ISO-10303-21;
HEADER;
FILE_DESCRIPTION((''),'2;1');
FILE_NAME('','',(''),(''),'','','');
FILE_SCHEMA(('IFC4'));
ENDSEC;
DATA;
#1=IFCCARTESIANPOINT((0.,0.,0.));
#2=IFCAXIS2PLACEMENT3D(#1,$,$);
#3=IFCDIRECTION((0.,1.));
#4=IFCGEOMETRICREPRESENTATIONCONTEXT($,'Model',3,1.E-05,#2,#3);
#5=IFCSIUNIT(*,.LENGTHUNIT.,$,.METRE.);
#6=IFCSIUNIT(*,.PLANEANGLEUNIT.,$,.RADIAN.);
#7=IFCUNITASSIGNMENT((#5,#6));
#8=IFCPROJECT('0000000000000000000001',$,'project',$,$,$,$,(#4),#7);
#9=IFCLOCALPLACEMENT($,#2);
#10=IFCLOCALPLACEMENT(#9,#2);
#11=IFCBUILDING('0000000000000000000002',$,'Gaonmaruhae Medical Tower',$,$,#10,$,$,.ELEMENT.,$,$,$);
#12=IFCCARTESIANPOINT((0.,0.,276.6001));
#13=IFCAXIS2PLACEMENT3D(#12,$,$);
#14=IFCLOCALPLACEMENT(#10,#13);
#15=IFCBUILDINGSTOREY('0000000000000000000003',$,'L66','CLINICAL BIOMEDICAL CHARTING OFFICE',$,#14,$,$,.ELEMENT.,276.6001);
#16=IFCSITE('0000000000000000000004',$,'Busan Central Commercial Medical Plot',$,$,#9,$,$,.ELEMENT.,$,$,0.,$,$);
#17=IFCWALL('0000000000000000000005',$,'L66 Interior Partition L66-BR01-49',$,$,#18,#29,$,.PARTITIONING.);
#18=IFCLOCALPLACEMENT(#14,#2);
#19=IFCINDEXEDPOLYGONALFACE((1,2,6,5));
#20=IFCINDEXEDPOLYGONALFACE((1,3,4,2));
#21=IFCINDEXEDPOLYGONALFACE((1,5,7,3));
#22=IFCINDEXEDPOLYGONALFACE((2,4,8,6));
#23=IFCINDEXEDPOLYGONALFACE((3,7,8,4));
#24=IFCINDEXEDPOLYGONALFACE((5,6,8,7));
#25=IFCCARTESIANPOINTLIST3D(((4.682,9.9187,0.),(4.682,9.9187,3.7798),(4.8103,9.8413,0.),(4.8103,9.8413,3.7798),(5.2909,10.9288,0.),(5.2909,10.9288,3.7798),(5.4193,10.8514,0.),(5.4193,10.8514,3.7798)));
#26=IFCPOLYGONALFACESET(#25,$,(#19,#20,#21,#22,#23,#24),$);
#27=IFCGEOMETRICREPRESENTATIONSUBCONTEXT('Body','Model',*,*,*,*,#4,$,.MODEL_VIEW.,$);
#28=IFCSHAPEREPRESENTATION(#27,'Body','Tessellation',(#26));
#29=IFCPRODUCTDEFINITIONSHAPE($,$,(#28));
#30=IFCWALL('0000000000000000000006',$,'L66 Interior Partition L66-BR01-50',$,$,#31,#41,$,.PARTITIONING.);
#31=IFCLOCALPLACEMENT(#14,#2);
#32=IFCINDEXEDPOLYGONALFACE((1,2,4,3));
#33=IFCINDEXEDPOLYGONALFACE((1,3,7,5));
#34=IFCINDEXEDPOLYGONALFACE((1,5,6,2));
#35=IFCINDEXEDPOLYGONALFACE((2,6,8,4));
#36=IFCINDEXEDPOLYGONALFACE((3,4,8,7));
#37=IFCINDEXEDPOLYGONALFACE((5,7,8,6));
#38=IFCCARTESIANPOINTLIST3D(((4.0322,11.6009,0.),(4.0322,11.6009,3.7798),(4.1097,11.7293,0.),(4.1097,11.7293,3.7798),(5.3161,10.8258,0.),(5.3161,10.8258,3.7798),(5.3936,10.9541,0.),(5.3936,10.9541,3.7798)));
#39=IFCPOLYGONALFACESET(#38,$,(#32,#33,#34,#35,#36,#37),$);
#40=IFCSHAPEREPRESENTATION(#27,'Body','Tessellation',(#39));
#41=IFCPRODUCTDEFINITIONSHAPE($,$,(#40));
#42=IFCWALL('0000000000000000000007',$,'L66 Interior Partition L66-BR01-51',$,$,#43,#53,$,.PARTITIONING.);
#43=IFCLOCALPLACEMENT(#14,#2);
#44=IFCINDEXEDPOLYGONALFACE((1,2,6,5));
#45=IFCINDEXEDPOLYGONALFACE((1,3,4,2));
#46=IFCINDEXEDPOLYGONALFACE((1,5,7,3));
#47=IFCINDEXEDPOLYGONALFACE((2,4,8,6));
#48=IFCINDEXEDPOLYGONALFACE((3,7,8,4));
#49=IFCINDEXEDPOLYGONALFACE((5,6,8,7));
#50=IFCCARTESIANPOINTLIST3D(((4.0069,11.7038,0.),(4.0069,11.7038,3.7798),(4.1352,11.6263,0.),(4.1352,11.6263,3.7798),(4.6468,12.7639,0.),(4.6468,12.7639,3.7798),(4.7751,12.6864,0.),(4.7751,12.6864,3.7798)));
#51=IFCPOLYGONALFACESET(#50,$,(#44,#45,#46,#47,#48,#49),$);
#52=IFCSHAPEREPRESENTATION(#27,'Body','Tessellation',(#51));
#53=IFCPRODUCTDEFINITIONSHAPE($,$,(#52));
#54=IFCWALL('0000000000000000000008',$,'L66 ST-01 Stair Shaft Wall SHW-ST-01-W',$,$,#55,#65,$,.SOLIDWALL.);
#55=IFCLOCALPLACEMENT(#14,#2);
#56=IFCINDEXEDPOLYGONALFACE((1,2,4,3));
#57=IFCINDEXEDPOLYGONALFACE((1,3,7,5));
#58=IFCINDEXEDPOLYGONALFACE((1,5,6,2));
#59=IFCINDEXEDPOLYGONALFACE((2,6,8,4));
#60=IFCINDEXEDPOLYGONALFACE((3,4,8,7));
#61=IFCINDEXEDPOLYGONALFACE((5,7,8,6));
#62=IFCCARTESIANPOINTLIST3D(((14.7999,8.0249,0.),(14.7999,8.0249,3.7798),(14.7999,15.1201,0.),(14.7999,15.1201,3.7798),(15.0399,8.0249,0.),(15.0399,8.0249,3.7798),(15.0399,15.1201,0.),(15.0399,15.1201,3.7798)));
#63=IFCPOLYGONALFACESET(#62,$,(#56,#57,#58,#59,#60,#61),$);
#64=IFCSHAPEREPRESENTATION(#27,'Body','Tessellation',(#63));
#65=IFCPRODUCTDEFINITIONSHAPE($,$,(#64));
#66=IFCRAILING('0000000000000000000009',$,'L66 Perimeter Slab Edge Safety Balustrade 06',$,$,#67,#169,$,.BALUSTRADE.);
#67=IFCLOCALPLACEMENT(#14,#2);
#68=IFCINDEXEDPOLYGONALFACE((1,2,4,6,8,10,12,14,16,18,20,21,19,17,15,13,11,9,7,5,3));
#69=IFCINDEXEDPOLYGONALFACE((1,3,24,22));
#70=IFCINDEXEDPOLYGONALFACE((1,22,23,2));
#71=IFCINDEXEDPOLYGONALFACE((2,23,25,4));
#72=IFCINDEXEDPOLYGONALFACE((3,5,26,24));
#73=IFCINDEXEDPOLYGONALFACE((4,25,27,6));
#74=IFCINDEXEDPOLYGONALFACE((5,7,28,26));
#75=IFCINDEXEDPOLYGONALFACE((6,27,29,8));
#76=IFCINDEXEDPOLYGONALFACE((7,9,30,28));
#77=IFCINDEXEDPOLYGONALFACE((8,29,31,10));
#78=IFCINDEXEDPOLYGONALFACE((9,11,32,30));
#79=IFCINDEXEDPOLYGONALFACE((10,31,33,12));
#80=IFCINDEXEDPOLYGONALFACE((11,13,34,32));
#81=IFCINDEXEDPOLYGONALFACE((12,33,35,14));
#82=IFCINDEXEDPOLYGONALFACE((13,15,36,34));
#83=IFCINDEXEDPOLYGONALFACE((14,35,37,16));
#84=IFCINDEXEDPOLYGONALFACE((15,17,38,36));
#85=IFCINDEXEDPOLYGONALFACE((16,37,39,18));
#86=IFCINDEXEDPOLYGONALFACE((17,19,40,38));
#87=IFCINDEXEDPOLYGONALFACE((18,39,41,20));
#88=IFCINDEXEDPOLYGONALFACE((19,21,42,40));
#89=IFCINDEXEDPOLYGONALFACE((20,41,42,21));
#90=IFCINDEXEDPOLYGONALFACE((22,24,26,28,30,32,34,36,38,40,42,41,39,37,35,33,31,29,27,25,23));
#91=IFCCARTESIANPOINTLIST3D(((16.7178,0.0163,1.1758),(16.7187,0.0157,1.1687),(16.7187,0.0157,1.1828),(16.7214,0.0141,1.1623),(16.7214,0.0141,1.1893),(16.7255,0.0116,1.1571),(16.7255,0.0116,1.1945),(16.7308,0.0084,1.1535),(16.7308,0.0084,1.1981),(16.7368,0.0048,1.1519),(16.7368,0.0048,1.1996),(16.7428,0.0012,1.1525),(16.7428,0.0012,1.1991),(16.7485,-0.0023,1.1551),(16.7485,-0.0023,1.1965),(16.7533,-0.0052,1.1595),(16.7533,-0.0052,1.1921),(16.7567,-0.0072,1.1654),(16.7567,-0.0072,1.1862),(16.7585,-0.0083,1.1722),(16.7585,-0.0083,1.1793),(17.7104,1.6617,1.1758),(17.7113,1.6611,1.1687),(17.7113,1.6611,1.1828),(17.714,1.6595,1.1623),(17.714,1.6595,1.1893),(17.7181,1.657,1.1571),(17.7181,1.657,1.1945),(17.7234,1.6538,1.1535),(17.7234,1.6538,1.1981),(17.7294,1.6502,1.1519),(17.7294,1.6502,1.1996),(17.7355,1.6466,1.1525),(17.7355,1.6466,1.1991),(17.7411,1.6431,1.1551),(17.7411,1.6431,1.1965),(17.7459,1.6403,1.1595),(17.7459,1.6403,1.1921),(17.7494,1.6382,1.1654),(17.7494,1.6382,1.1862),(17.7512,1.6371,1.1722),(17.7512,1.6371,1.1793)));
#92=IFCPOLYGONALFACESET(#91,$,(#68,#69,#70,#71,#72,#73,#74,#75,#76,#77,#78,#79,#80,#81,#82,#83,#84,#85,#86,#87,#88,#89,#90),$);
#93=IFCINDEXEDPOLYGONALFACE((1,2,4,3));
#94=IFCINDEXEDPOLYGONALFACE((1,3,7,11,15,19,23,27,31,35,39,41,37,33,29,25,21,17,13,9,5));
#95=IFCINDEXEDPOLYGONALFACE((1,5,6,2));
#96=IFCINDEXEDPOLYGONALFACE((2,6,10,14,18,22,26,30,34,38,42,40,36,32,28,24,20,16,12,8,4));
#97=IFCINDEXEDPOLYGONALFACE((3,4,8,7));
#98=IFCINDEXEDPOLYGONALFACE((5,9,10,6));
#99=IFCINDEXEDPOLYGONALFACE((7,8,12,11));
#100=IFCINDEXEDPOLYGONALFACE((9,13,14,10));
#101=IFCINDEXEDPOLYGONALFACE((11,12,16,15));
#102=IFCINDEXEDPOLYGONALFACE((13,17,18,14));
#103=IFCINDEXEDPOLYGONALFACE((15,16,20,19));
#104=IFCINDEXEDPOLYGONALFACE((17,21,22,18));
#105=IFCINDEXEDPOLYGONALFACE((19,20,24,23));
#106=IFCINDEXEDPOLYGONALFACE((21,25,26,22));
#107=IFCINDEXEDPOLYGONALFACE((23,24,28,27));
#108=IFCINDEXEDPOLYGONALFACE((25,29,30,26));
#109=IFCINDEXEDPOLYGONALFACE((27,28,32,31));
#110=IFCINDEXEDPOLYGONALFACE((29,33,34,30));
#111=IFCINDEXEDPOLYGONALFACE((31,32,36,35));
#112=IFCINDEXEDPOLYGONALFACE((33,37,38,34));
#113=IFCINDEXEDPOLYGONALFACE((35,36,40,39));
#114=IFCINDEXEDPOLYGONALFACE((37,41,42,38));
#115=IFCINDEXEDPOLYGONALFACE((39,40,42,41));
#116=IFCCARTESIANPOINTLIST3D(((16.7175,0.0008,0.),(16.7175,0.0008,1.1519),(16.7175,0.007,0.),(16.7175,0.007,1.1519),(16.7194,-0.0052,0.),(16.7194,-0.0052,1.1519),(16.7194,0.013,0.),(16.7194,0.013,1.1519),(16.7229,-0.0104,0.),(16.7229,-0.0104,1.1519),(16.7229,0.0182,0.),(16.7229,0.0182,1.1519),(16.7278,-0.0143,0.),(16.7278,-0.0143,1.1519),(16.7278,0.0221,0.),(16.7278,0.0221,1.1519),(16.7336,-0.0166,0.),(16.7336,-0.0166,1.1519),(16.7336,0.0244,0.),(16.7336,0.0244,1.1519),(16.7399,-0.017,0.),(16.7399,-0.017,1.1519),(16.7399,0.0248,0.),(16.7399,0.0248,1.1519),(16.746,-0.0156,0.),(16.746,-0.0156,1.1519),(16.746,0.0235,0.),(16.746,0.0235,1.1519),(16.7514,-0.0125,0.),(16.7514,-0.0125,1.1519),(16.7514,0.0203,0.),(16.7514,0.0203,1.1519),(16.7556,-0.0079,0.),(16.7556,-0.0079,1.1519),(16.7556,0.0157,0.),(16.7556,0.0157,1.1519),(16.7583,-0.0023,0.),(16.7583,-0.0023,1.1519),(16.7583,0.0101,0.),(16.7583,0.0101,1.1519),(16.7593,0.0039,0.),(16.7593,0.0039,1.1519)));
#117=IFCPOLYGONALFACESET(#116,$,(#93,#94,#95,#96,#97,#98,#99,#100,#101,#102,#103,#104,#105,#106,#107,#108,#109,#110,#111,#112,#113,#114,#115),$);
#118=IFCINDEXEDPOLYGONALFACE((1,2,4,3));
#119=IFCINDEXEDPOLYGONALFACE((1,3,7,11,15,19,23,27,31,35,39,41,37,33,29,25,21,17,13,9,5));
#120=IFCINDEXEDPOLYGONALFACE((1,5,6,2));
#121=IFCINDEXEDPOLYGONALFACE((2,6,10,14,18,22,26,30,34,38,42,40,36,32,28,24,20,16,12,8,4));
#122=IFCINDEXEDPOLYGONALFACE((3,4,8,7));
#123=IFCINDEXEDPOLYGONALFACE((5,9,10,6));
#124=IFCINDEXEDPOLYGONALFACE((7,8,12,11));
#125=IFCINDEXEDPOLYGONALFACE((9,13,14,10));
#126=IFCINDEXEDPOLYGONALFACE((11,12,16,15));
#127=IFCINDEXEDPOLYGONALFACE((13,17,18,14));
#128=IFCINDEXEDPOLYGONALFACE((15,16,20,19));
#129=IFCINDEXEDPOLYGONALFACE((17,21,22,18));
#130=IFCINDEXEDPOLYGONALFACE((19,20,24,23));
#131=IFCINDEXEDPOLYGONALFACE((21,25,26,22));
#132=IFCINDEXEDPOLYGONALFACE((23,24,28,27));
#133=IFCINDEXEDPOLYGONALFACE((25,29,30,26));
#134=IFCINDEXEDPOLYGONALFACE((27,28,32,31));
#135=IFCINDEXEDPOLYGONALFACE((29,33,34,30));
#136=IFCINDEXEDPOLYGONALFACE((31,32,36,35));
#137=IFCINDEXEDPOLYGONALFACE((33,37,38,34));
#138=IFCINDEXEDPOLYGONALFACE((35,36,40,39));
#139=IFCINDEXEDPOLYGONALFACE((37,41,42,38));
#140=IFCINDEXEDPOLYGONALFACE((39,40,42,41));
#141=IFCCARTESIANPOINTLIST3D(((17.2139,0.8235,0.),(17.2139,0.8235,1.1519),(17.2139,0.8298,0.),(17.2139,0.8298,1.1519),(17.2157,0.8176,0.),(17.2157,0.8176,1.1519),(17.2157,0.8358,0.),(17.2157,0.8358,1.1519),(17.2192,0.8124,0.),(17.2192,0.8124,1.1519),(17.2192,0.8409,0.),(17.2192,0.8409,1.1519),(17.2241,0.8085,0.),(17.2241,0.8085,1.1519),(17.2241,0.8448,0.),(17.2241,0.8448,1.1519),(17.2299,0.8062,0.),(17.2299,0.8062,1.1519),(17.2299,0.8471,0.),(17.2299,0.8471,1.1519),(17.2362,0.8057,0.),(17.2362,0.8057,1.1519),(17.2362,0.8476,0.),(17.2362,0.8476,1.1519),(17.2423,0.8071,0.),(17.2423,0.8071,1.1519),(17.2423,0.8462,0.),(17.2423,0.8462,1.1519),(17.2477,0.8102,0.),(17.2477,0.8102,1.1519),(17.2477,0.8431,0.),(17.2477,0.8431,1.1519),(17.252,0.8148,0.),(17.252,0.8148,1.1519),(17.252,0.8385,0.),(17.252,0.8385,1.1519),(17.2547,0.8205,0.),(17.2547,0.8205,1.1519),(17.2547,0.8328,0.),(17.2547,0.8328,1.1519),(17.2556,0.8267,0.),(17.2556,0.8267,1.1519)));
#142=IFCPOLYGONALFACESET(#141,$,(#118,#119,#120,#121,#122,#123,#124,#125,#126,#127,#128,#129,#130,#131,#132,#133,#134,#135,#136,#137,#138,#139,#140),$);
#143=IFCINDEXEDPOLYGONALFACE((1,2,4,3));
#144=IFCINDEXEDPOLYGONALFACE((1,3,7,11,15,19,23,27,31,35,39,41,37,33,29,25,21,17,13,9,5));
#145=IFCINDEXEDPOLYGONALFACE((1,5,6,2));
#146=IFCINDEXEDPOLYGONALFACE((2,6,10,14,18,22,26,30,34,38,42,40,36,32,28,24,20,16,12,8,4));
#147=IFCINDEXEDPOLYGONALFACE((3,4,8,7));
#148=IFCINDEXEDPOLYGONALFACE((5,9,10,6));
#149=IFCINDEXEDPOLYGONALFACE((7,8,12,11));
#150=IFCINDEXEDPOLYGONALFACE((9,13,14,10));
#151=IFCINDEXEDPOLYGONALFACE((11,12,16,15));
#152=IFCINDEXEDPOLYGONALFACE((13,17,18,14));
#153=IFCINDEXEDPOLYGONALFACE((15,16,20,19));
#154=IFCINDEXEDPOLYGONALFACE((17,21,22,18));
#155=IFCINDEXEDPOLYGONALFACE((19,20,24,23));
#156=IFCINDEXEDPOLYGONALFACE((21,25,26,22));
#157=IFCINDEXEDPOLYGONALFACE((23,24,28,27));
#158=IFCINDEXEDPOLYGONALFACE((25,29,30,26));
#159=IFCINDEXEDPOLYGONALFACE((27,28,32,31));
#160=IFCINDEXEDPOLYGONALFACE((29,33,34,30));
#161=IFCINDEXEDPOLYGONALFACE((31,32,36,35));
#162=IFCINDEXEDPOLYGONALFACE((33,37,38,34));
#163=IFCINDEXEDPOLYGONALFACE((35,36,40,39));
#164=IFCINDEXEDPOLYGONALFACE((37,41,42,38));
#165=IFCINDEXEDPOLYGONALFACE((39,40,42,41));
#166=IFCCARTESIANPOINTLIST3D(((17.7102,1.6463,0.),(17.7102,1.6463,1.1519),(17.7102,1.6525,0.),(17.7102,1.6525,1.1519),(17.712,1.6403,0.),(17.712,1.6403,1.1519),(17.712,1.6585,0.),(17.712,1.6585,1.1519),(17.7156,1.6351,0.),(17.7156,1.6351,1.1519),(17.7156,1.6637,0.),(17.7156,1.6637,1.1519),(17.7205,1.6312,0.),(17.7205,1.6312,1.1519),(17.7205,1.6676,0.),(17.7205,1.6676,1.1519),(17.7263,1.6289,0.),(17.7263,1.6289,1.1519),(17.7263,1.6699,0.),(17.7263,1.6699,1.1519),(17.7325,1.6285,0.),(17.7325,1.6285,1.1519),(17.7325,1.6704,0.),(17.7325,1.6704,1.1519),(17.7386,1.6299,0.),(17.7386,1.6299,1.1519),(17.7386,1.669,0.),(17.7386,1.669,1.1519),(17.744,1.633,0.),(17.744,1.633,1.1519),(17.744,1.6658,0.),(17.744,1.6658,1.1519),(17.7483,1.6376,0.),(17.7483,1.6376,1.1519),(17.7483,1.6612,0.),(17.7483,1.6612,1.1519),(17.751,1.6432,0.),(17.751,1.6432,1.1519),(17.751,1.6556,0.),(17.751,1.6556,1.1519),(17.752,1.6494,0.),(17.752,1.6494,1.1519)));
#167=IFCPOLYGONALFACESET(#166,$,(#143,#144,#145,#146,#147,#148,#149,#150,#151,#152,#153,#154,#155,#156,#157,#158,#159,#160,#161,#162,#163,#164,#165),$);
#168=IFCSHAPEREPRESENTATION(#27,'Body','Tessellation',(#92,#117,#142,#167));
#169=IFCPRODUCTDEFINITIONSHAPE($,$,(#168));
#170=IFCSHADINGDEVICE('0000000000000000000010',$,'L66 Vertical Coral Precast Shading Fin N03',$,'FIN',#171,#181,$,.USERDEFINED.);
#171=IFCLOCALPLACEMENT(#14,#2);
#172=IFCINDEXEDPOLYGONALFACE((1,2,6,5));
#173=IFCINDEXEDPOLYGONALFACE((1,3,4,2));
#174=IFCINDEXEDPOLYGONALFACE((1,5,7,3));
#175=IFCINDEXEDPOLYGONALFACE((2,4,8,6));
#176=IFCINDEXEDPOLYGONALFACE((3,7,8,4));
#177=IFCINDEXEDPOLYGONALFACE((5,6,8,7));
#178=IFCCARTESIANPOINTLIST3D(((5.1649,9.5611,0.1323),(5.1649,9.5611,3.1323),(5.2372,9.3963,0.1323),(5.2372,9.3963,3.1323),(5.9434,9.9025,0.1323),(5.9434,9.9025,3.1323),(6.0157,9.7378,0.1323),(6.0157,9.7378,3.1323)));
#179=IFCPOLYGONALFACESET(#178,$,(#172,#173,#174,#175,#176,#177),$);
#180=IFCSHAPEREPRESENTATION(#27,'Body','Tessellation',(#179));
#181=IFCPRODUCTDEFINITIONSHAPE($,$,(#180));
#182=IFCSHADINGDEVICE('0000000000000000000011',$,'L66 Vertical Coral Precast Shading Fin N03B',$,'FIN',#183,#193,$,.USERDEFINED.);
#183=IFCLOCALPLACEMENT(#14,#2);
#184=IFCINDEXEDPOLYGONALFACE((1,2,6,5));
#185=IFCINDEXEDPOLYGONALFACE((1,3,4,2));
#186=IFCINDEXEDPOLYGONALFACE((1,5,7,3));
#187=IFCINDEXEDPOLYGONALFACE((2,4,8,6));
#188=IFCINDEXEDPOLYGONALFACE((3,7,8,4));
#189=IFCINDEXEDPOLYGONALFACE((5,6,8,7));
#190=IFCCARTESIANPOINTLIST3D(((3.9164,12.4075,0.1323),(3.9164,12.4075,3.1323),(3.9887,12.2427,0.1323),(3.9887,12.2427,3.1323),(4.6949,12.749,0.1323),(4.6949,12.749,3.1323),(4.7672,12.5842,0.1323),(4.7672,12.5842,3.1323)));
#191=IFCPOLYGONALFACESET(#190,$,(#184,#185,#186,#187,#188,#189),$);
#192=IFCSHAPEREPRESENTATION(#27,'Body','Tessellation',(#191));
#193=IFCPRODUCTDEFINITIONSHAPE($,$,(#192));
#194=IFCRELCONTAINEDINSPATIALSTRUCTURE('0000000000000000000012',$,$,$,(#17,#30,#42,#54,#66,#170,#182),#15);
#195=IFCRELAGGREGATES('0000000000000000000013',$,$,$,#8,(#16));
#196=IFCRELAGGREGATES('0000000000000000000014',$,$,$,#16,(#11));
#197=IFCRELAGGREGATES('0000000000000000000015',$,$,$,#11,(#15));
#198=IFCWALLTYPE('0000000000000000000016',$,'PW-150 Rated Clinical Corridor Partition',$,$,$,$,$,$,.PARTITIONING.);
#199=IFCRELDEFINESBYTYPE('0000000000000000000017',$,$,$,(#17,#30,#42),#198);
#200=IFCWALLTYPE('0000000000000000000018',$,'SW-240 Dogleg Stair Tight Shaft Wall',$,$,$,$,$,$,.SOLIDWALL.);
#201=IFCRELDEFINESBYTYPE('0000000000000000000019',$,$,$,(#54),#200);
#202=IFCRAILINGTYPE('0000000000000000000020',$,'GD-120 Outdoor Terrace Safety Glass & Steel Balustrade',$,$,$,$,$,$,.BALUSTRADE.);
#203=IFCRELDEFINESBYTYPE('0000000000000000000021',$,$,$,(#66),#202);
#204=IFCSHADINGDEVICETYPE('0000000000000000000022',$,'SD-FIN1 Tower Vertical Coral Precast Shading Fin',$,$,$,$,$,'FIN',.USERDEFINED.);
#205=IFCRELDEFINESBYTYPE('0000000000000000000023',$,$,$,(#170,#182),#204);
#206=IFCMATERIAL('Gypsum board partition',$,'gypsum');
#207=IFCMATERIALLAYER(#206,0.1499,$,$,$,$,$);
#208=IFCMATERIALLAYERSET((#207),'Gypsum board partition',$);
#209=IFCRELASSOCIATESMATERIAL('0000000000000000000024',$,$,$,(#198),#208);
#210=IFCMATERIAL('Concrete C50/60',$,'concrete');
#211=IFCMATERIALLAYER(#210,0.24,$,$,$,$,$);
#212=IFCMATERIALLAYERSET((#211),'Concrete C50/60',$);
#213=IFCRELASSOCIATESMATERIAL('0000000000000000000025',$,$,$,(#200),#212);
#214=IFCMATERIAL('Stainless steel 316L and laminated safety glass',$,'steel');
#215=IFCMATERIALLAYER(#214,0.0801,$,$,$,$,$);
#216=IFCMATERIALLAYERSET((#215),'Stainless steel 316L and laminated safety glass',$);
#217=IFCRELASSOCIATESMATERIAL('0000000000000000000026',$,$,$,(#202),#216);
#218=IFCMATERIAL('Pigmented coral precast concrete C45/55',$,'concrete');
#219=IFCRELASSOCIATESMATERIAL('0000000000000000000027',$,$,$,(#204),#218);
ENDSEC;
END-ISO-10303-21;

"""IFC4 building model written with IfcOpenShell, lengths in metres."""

from ifc_helpers import new_model, si_unit, direction, frame, frame_2d, origin, origin_2d, place, context, subcontext, project, spatial, rectangle, circle, extrude, material, layer, layer_set, type_object, element, save


model = new_model("IFC4")

# Units and contexts
model_context = context("Model", 3, precision=1e-05, world=origin(), true_north=direction((0.0, 1.0)))
body_context = subcontext(model_context, "Body", "Model", "MODEL_VIEW")
ifc_project = project(units=[si_unit("LENGTHUNIT", "METRE"), si_unit("PLANEANGLEUNIT", "RADIAN")], contexts=[model_context])

# Site, building, storey
site_placement = place(None, origin())
site = spatial("IfcSite", under=ifc_project, at=site_placement, Name="Busan Central Commercial Medical Plot", CompositionType="ELEMENT", RefElevation=0.0)
building_placement = place(site_placement, origin())
building = spatial("IfcBuilding", under=site, at=building_placement, Name="Gaonmaruhae Medical Tower", CompositionType="ELEMENT")
storey_placement = place(building_placement, frame((0.0, 0.0, 276.6001)))
storey = spatial("IfcBuildingStorey", under=building, at=storey_placement, Name="L66", Description="CLINICAL BIOMEDICAL CHARTING OFFICE", CompositionType="ELEMENT", Elevation=276.6001)

# Shared definitions
ifc_material_1 = material(Name="Concrete C50/60", Category="concrete")

# Walls
ifc_material_2 = material(Name="Gypsum board partition", Category="gypsum")
ifc_layer_1 = layer(ifc_material_2, 0.1499)
ifc_layer_set_1 = layer_set([ifc_layer_1], Name="Gypsum board partition")
wall_type_1 = type_object("IfcWallType", Name="PW-150 Rated Clinical Corridor Partition", PredefinedType="PARTITIONING", material=ifc_layer_set_1)
wall_1_placement = place(storey_placement, frame((4.7461, 9.8799, 0.0), z_axis=(0.0, 0.0, 1.0), x_axis=(0.516291, 0.856413, 0.0)))
element("IfcWall", 1, at=wall_1_placement, inside=storey, type_object=wall_type_1, Name="L66 Interior Partition L66-BR01-49", PredefinedType="PARTITIONING", context=body_context, shape_type="SweptSolid", body=[
    extrude(rectangle(XDim=1.1794, YDim=0.1499, at=frame_2d((0.5898, 0.0))), origin(), (0.0, 0.0, 1.0), 3.7798),
])
wall_2_placement = place(storey_placement, frame((5.355, 10.8899, 0.0), z_axis=(0.0, 0.0, 1.0), x_axis=(-0.856082, 0.51684, 0.0)))
element("IfcWall", 2, at=wall_2_placement, inside=storey, type_object=wall_type_1, Name="L66 Interior Partition L66-BR01-50", PredefinedType="PARTITIONING", context=body_context, shape_type="SweptSolid", body=[
    extrude(rectangle(XDim=1.4998, YDim=0.1499, at=frame_2d((0.75, 0.0))), origin(), (0.0, 0.0, 1.0), 3.7798),
])
wall_3_placement = place(storey_placement, frame((4.071, 11.665, 0.0), z_axis=(0.0, 0.0, 1.0), x_axis=(0.516785, 0.856115, 0.0)))
element("IfcWall", 3, at=wall_3_placement, inside=storey, type_object=wall_type_1, Name="L66 Interior Partition L66-BR01-51", PredefinedType="PARTITIONING", context=body_context, shape_type="SweptSolid", body=[
    extrude(rectangle(XDim=1.2383, YDim=0.1499, at=frame_2d((0.6191, 0.0))), origin(), (0.0, 0.0, 1.0), 3.7798),
])
ifc_layer_2 = layer(ifc_material_1, 0.24)
ifc_layer_set_2 = layer_set([ifc_layer_2], Name="Concrete C50/60")
wall_type_2 = type_object("IfcWallType", Name="SW-240 Dogleg Stair Tight Shaft Wall", PredefinedType="SOLIDWALL", material=ifc_layer_set_2)
wall_4_placement = place(storey_placement, frame((14.9199, 8.0249, 0.0), z_axis=(0.0, 0.0, 1.0), x_axis=(0.0, 1.0, 0.0)))
element("IfcWall", 4, at=wall_4_placement, inside=storey, type_object=wall_type_2, Name="L66 ST-01 Stair Shaft Wall SHW-ST-01-W", PredefinedType="SOLIDWALL", context=body_context, shape_type="SweptSolid", body=[
    extrude(rectangle(XDim=7.0952, YDim=0.24, at=frame_2d((3.5476, 0.0))), origin(), (0.0, 0.0, 1.0), 3.7798),
])

# Railing
ifc_material_3 = material(Name="Stainless steel 316L and laminated safety glass", Category="steel")
ifc_layer_3 = layer(ifc_material_3, 0.0801)
ifc_layer_set_3 = layer_set([ifc_layer_3], Name="Stainless steel 316L and laminated safety glass")
railing_type_1 = type_object("IfcRailingType", Name="GD-120 Outdoor Terrace Safety Glass & Steel Balustrade", PredefinedType="BALUSTRADE", material=ifc_layer_set_3)
railing_1_placement = place(storey_placement, frame((16.7383, 0.0039, 0.0)))
element("IfcRailing", 5, at=railing_1_placement, inside=storey, type_object=railing_type_1, Name="L66 Perimeter Slab Edge Safety Balustrade 06", PredefinedType="BALUSTRADE", context=body_context, shape_type="SweptSolid", body=[
    extrude(circle(Radius=0.0239, at=origin_2d()), frame((0.0, 0.0, 1.1758), z_axis=(0.516549, 0.856257, 0.0), x_axis=(-0.856257, 0.516549, 0.0)), (0.0, 0.0, 1.0), 1.9216),
    extrude(circle(Radius=0.021, at=origin_2d()), origin(), (0.0, 0.0, 1.0), 1.1519),
    extrude(circle(Radius=0.021, at=origin_2d()), frame((0.4963, 0.8228, 0.0)), (0.0, 0.0, 1.0), 1.1519),
    extrude(circle(Radius=0.021, at=origin_2d()), frame((0.9927, 1.6455, 0.0)), (0.0, 0.0, 1.0), 1.1519),
])

# Shading devices
ifc_material_4 = material(Name="Pigmented coral precast concrete C45/55", Category="concrete")
shading_device_type = type_object("IfcShadingDeviceType", Name="SD-FIN1 Tower Vertical Coral Precast Shading Fin", ElementType="FIN", PredefinedType="USERDEFINED", material=ifc_material_4)
for number, where, z_axis, x_axis, name in (
    (6, (5.5903, 9.6494, 0.1323), (0.0, 0.0, 1.0), (-0.401676, 0.915782, 0.0), "L66 Vertical Coral Precast Shading Fin N03"),
    (7, (4.3418, 12.4958, 0.1323), (0.0, 0.0, 1.0), (-0.401676, 0.915782, 0.0), "L66 Vertical Coral Precast Shading Fin N03B"),
):
    element("IfcShadingDevice", number, at=place(storey_placement, frame(where, z_axis=z_axis, x_axis=x_axis)), inside=storey, type_object=shading_device_type, Name=name, ObjectType="FIN", PredefinedType="USERDEFINED", context=body_context, shape_type="SweptSolid", body=[
        extrude(rectangle(XDim=0.1799, YDim=0.8501, at=origin_2d()), origin(), (0.0, 0.0, 1.0), 3.0),
    ])

save(model, "model.ifc")
